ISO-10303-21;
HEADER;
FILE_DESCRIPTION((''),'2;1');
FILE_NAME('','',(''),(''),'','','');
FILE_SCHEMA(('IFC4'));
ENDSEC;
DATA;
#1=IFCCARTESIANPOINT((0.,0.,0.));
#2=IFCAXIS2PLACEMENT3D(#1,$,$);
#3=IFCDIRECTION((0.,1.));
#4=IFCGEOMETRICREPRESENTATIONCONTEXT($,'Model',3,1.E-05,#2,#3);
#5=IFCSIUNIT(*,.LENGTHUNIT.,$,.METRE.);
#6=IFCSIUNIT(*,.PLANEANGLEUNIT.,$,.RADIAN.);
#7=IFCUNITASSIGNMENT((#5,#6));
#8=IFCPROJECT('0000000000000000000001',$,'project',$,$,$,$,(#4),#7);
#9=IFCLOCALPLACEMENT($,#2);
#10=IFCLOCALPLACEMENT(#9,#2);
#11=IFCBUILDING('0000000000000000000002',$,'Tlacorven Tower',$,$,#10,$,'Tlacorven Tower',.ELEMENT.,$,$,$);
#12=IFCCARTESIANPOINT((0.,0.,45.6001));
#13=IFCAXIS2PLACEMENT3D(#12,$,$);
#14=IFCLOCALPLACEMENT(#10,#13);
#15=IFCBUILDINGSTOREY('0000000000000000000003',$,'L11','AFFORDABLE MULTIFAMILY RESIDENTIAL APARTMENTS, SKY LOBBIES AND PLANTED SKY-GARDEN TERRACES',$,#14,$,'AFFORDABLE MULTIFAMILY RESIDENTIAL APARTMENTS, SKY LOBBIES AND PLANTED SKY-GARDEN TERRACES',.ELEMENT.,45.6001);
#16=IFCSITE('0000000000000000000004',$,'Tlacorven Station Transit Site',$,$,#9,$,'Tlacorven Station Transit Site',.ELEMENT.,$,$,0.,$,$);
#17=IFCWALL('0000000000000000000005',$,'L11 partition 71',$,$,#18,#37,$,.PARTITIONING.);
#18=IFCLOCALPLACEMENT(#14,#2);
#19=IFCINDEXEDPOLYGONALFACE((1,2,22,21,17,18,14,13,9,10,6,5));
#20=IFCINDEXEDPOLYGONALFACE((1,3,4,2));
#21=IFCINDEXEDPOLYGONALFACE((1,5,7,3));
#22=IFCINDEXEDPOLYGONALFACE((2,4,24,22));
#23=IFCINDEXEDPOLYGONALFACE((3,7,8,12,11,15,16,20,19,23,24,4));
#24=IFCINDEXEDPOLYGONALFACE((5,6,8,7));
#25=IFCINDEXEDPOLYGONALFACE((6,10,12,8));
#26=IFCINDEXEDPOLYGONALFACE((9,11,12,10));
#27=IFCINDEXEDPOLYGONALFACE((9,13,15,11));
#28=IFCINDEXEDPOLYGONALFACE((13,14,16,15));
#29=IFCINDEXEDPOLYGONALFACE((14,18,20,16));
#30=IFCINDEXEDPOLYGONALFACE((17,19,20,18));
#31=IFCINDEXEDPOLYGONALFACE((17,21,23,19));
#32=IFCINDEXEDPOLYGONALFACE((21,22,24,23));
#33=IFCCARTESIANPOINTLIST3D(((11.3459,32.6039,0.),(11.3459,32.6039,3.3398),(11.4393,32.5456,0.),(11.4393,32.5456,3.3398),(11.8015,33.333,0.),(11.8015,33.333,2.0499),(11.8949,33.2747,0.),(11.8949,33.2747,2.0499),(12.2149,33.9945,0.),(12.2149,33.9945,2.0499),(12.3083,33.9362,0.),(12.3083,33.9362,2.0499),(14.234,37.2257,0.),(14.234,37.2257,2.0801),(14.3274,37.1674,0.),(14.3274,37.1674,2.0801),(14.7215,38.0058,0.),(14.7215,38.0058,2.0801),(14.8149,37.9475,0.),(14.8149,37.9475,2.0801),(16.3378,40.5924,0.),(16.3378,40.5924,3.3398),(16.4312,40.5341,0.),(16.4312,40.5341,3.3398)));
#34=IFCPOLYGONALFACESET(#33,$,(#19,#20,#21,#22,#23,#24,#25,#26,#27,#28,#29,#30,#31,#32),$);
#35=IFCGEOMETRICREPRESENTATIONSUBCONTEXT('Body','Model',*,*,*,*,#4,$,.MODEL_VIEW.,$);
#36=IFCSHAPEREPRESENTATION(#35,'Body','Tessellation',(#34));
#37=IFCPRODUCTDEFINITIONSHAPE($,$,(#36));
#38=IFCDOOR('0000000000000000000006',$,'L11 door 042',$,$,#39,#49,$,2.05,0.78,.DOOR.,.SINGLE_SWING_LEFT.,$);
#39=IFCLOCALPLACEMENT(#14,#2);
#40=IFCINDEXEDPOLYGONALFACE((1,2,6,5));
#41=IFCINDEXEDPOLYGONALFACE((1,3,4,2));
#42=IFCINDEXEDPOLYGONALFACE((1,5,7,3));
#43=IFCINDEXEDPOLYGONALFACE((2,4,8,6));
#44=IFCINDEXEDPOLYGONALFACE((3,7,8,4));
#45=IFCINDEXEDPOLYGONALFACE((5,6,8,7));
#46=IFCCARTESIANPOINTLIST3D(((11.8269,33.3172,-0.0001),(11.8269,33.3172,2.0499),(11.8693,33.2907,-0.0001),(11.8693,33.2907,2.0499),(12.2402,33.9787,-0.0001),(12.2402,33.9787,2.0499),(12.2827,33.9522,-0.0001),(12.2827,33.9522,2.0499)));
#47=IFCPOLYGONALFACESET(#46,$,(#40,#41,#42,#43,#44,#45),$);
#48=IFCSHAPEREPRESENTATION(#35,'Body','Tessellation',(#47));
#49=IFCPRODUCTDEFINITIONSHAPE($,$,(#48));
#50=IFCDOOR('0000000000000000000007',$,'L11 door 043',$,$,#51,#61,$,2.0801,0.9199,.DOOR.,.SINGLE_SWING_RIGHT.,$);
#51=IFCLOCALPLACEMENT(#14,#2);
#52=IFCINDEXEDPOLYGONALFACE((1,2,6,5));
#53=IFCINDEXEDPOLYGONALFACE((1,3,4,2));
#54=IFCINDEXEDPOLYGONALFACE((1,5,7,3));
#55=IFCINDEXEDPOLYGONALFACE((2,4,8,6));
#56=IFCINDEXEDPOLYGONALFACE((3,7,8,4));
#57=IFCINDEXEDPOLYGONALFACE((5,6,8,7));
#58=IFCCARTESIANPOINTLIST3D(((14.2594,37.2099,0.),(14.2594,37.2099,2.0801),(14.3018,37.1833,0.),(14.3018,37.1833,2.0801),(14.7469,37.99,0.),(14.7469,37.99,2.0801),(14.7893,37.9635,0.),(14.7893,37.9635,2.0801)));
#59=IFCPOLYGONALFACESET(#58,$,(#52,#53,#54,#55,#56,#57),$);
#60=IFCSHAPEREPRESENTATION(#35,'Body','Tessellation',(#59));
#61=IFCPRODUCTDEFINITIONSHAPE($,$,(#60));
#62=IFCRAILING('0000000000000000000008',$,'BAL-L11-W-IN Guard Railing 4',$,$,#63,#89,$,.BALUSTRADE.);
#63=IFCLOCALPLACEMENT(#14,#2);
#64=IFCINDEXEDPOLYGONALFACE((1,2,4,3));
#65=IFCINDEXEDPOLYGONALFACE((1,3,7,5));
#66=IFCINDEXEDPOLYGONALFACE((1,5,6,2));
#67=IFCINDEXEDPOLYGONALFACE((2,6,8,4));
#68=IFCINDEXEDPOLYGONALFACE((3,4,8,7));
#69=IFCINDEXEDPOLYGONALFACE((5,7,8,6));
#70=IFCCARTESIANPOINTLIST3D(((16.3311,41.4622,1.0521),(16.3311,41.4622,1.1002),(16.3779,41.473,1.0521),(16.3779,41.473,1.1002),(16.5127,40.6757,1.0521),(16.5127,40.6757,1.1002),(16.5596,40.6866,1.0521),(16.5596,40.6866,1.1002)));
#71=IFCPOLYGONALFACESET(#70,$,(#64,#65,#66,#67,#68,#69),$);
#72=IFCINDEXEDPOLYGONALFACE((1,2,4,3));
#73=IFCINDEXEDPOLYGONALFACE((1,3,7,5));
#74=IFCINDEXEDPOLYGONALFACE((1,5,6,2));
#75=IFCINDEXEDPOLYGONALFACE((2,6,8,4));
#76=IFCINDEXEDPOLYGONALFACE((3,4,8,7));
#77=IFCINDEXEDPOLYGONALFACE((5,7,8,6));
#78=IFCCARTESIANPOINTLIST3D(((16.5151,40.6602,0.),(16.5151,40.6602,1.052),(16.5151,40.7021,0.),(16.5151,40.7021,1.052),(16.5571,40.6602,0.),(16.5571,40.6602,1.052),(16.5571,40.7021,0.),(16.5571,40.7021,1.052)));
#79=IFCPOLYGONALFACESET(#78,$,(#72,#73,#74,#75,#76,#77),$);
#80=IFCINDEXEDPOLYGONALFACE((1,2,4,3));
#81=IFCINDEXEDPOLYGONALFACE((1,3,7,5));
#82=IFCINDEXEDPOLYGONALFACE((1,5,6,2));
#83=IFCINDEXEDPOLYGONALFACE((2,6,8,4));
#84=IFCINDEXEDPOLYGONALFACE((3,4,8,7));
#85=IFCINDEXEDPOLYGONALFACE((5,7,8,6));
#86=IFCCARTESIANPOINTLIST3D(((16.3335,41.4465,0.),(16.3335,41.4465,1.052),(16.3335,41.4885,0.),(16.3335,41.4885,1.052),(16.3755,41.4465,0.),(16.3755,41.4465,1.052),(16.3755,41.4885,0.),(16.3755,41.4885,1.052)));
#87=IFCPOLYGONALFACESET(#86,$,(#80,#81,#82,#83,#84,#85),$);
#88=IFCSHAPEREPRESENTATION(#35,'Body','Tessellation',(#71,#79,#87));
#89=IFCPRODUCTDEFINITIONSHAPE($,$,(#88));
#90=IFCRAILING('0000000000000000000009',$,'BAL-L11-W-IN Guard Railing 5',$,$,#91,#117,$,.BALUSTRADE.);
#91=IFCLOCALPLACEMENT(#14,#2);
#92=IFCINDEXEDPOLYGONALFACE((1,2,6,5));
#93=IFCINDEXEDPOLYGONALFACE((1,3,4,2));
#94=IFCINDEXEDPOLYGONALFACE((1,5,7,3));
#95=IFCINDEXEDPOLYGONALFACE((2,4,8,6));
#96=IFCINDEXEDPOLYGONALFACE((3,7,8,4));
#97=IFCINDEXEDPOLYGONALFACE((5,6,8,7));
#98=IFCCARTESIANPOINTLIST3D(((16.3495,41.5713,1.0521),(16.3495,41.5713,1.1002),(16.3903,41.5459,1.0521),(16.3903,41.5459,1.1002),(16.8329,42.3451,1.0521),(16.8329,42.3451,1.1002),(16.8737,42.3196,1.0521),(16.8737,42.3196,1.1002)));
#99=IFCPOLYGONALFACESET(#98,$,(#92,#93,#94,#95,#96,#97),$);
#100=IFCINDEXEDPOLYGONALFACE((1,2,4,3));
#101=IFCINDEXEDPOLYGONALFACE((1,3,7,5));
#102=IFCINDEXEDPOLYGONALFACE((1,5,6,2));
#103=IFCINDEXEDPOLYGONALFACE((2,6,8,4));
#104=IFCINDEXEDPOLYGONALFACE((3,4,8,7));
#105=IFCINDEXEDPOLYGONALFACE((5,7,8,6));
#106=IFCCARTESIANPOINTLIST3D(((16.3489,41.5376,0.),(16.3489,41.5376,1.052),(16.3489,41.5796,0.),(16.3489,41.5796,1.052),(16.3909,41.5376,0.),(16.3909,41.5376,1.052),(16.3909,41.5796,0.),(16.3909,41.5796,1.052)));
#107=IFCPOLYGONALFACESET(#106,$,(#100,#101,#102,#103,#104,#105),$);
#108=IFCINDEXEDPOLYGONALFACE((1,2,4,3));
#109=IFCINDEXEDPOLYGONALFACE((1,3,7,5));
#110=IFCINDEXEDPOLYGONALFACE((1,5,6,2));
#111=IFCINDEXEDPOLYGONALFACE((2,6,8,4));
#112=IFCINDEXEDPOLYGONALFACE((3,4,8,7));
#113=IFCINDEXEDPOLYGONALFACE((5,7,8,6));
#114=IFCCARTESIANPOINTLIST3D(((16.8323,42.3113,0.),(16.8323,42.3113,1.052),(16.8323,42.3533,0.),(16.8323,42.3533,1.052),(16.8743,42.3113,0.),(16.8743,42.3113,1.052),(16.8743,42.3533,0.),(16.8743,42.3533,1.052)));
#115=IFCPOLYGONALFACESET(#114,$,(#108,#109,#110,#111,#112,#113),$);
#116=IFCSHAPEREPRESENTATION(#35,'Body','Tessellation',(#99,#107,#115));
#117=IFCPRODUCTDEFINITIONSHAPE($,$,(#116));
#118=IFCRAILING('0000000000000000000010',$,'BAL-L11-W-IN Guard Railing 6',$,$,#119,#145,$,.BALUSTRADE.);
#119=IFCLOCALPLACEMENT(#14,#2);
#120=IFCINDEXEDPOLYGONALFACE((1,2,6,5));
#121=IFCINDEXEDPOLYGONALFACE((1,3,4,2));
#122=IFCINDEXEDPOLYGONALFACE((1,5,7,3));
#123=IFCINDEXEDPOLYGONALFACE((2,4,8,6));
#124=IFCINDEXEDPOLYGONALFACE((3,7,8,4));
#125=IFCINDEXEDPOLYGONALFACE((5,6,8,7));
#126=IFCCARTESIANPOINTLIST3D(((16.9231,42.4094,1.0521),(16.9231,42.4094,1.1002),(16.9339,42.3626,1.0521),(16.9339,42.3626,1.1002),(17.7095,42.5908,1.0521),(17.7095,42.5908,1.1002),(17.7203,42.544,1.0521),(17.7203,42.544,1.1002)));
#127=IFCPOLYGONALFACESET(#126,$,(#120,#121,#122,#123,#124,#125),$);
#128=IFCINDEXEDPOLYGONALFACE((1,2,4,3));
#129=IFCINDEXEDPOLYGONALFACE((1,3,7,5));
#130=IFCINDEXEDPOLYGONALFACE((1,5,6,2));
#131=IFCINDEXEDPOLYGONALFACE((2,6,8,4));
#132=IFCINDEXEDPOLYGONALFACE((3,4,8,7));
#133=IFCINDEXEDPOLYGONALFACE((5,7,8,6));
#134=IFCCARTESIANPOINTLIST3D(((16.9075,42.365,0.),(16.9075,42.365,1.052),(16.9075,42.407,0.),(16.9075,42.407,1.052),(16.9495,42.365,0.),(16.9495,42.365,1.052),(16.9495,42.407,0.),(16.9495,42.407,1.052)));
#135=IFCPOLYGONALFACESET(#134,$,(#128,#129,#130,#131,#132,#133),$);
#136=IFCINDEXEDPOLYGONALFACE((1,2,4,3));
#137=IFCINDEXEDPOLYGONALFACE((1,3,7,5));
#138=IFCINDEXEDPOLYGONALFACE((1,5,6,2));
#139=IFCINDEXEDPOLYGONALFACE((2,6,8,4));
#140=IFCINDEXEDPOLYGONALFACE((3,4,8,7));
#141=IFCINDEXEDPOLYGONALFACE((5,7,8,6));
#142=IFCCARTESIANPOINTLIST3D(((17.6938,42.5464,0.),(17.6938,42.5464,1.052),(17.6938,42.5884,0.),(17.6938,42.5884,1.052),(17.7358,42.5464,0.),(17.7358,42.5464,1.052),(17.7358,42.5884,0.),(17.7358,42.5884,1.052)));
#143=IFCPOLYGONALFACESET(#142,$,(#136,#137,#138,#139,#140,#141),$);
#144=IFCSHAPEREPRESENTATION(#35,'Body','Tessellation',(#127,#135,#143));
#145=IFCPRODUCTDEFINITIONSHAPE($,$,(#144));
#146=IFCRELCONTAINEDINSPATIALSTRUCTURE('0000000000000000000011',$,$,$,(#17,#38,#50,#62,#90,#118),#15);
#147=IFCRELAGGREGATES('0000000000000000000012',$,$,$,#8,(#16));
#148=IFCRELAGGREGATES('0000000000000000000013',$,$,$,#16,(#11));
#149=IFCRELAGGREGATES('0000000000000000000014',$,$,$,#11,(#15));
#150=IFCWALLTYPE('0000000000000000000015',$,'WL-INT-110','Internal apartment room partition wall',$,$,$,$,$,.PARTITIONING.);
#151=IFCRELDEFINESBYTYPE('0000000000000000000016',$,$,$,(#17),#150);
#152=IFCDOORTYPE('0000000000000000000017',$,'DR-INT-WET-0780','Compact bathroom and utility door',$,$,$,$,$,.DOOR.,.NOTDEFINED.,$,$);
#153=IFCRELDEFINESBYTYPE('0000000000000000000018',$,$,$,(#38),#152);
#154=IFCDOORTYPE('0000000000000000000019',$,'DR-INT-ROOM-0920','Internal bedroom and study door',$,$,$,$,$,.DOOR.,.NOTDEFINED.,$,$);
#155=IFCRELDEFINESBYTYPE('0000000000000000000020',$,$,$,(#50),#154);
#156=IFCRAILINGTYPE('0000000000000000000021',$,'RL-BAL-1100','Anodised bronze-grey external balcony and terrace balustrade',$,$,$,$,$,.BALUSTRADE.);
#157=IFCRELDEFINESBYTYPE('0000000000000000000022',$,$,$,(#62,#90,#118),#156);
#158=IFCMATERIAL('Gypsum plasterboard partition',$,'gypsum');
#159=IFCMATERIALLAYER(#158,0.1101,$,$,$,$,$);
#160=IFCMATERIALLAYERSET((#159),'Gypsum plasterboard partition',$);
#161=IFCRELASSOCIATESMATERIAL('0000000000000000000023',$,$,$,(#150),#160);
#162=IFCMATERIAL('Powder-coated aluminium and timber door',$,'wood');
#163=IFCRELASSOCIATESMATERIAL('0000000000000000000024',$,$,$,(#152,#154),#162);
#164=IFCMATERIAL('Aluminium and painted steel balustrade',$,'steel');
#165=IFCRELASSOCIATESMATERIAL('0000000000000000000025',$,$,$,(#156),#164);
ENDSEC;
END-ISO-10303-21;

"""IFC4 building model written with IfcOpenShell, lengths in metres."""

from ifc_helpers import new_model, si_unit, direction, frame, frame_2d, origin, origin_2d, place, context, subcontext, project, spatial, rectangle, extrude, source, transform, mapped, material, layer, layer_set, type_object, element, fill, save


model = new_model("IFC4")

# Units and contexts
model_context = context("Model", 3, precision=1e-05, world=origin(), true_north=direction((0.0, 1.0)))
body_context = subcontext(model_context, "Body", "Model", "MODEL_VIEW")
ifc_project = project(units=[si_unit("LENGTHUNIT", "METRE"), si_unit("PLANEANGLEUNIT", "RADIAN")], contexts=[model_context])

# Site, building, storey
site_placement = place(None, origin())
site = spatial("IfcSite", under=ifc_project, at=site_placement, Name="Tlacorven Station Transit Site", LongName="Tlacorven Station Transit Site", CompositionType="ELEMENT", RefElevation=0.0)
building_placement = place(site_placement, origin())
building = spatial("IfcBuilding", under=site, at=building_placement, Name="Tlacorven Tower", LongName="Tlacorven Tower", CompositionType="ELEMENT")
storey_placement = place(building_placement, frame((0.0, 0.0, 45.6001)))
storey = spatial("IfcBuildingStorey", under=building, at=storey_placement, Name="L11", Description="AFFORDABLE MULTIFAMILY RESIDENTIAL APARTMENTS, SKY LOBBIES AND PLANTED SKY-GARDEN TERRACES", LongName="AFFORDABLE MULTIFAMILY RESIDENTIAL APARTMENTS, SKY LOBBIES AND PLANTED SKY-GARDEN TERRACES", CompositionType="ELEMENT", Elevation=45.6001)

# Shared definitions
ifc_material_1 = material(Name="Powder-coated aluminium and timber door", Category="wood")

# Wall, openings, doors
ifc_material_2 = material(Name="Gypsum plasterboard partition", Category="gypsum")
ifc_layer_1 = layer(ifc_material_2, 0.1101)
ifc_layer_set_1 = layer_set([ifc_layer_1], Name="Gypsum plasterboard partition")
wall_type_1 = type_object("IfcWallType", Name="WL-INT-110", Description="Internal apartment room partition wall", PredefinedType="PARTITIONING", material=ifc_layer_set_1)
wall_1_placement = place(storey_placement, frame((16.3845, 40.5632, 0.0), z_axis=(0.0, 0.0, 1.0), x_axis=(-0.529931, -0.848041, 0.0)))
wall_1 = element("IfcWall", 1, at=wall_1_placement, inside=storey, type_object=wall_type_1, Name="L11 partition 71", PredefinedType="PARTITIONING", context=body_context, shape_type="SweptSolid", body=[
    extrude(rectangle(XDim=9.4199, YDim=0.1101, at=frame_2d((4.71, 0.0))), origin(), (0.0, 0.0, 1.0), 3.3398),
])
opening_1_placement = place(wall_1_placement, frame((7.78, 0.0, 0.0)))
opening_1 = element("IfcOpeningElement", 2, at=opening_1_placement, cuts=wall_1, PredefinedType="OPENING", context=body_context, shape_type="SweptSolid", body=[
    extrude(rectangle(XDim=0.78, YDim=2.05, at=frame_2d((0.3901, 1.0249))), frame((0.0, 0.0649, 0.0), z_axis=(0.0, -1.0, 0.0), x_axis=(1.0, 0.0, 0.0)), (0.0, 0.0, 1.0), 0.1301),
])
opening_2_placement = place(wall_1_placement, frame((3.05, 0.0, 0.0)))
opening_2 = element("IfcOpeningElement", 3, at=opening_2_placement, cuts=wall_1, PredefinedType="OPENING", context=body_context, shape_type="SweptSolid", body=[
    extrude(rectangle(XDim=0.9199, YDim=2.0801, at=frame_2d((0.46, 1.04))), frame((0.0, 0.0649, 0.0), z_axis=(0.0, -1.0, 0.0), x_axis=(1.0, 0.0, 0.0)), (0.0, 0.0, 1.0), 0.1301),
])
door_type_1 = type_object("IfcDoorType", Name="DR-INT-WET-0780", Description="Compact bathroom and utility door", OperationType="NOTDEFINED", PredefinedType="DOOR", material=ifc_material_1)
shared_shape_1 = source(origin(), body_context, "Body", "SweptSolid", [
    extrude(rectangle(XDim=0.78, YDim=2.05, at=frame_2d((0.3901, 1.0249))), frame((0.0, 0.0249, 0.0), z_axis=(0.0, -1.0, 0.0), x_axis=(1.0, 0.0, 0.0)), (0.0, 0.0, 1.0), 0.05),
])
door_1_placement = place(opening_1_placement, origin())
door_1 = element("IfcDoor", 4, at=door_1_placement, inside=storey, type_object=door_type_1, Name="L11 door 042", OperationType="SINGLE_SWING_LEFT", OverallHeight=2.05, OverallWidth=0.78, PredefinedType="DOOR", context=body_context, shape_type="MappedRepresentation", body=[
    mapped(shared_shape_1, transform((0.0, 0.0, 0.0), scale=1.0)),
])
fill(opening_1, door_1)
door_type_2 = type_object("IfcDoorType", Name="DR-INT-ROOM-0920", Description="Internal bedroom and study door", OperationType="NOTDEFINED", PredefinedType="DOOR", material=ifc_material_1)
shared_shape_2 = source(origin(), body_context, "Body", "SweptSolid", [
    extrude(rectangle(XDim=0.9199, YDim=2.0801, at=frame_2d((0.46, 1.04))), frame((0.0, 0.0249, 0.0), z_axis=(0.0, -1.0, 0.0), x_axis=(1.0, 0.0, 0.0)), (0.0, 0.0, 1.0), 0.05),
])
door_2_placement = place(opening_2_placement, origin())
door_2 = element("IfcDoor", 5, at=door_2_placement, inside=storey, type_object=door_type_2, Name="L11 door 043", OperationType="SINGLE_SWING_RIGHT", OverallHeight=2.0801, OverallWidth=0.9199, PredefinedType="DOOR", context=body_context, shape_type="MappedRepresentation", body=[
    mapped(shared_shape_2, transform((0.0, 0.0, 0.0), scale=1.0)),
])
fill(opening_2, door_2)

# Railings
ifc_material_3 = material(Name="Aluminium and painted steel balustrade", Category="steel")
railing_type = type_object("IfcRailingType", Name="RL-BAL-1100", Description="Anodised bronze-grey external balcony and terrace balustrade", PredefinedType="BALUSTRADE", material=ifc_material_3)
shared_shape_3 = source(origin(), body_context, "Body", "SweptSolid", [
    extrude(rectangle(XDim=0.0481, YDim=0.0481, at=origin_2d()), frame((0.0, 0.0, 1.0762), z_axis=(-0.225058, 0.974345, 0.0), x_axis=(-0.974345, -0.225058, 0.0)), (0.0, 0.0, 1.0), 0.8071),
    extrude(rectangle(XDim=0.042, YDim=0.042, at=origin_2d()), origin(), (0.0, 0.0, 1.0), 1.052),
    extrude(rectangle(XDim=0.042, YDim=0.042, at=origin_2d()), frame((-0.1816, 0.7864, 0.0)), (0.0, 0.0, 1.0), 1.052),
])
railing_1_placement = place(storey_placement, frame((16.5361, 40.6812, 0.0)))
element("IfcRailing", 6, at=railing_1_placement, inside=storey, type_object=railing_type, Name="BAL-L11-W-IN Guard Railing 4", PredefinedType="BALUSTRADE", context=body_context, shape_type="MappedRepresentation", body=[
    mapped(shared_shape_3, transform((0.0, 0.0, 0.0), scale=1.0)),
])
shared_shape_4 = source(origin(), body_context, "Body", "SweptSolid", [
    extrude(rectangle(XDim=0.0481, YDim=0.0481, at=origin_2d()), frame((0.0, 0.0, 1.0762), z_axis=(0.529879, 0.848073, 0.0), x_axis=(-0.848073, 0.529879, 0.0)), (0.0, 0.0, 1.0), 0.9124),
    extrude(rectangle(XDim=0.042, YDim=0.042, at=origin_2d()), origin(), (0.0, 0.0, 1.0), 1.052),
    extrude(rectangle(XDim=0.042, YDim=0.042, at=origin_2d()), frame((0.4834, 0.7737, 0.0)), (0.0, 0.0, 1.0), 1.052),
])
railing_2_placement = place(storey_placement, frame((16.3699, 41.5586, 0.0)))
element("IfcRailing", 7, at=railing_2_placement, inside=storey, type_object=railing_type, Name="BAL-L11-W-IN Guard Railing 5", PredefinedType="BALUSTRADE", context=body_context, shape_type="MappedRepresentation", body=[
    mapped(shared_shape_4, transform((0.0, 0.0, 0.0), scale=1.0)),
])
shared_shape_5 = source(origin(), body_context, "Body", "SweptSolid", [
    extrude(rectangle(XDim=0.0481, YDim=0.0481, at=origin_2d()), frame((0.0, 0.0, 1.0762), z_axis=(0.974412, 0.224771, 0.0), x_axis=(-0.224771, 0.974412, 0.0)), (0.0, 0.0, 1.0), 0.8071),
    extrude(rectangle(XDim=0.042, YDim=0.042, at=origin_2d()), origin(), (0.0, 0.0, 1.0), 1.052),
    extrude(rectangle(XDim=0.042, YDim=0.042, at=origin_2d()), frame((0.7864, 0.1814, 0.0)), (0.0, 0.0, 1.0), 1.052),
])
railing_3_placement = place(storey_placement, frame((16.9285, 42.386, 0.0)))
element("IfcRailing", 8, at=railing_3_placement, inside=storey, type_object=railing_type, Name="BAL-L11-W-IN Guard Railing 6", PredefinedType="BALUSTRADE", context=body_context, shape_type="MappedRepresentation", body=[
    mapped(shared_shape_5, transform((0.0, 0.0, 0.0), scale=1.0)),
])

save(model, "model.ifc")
